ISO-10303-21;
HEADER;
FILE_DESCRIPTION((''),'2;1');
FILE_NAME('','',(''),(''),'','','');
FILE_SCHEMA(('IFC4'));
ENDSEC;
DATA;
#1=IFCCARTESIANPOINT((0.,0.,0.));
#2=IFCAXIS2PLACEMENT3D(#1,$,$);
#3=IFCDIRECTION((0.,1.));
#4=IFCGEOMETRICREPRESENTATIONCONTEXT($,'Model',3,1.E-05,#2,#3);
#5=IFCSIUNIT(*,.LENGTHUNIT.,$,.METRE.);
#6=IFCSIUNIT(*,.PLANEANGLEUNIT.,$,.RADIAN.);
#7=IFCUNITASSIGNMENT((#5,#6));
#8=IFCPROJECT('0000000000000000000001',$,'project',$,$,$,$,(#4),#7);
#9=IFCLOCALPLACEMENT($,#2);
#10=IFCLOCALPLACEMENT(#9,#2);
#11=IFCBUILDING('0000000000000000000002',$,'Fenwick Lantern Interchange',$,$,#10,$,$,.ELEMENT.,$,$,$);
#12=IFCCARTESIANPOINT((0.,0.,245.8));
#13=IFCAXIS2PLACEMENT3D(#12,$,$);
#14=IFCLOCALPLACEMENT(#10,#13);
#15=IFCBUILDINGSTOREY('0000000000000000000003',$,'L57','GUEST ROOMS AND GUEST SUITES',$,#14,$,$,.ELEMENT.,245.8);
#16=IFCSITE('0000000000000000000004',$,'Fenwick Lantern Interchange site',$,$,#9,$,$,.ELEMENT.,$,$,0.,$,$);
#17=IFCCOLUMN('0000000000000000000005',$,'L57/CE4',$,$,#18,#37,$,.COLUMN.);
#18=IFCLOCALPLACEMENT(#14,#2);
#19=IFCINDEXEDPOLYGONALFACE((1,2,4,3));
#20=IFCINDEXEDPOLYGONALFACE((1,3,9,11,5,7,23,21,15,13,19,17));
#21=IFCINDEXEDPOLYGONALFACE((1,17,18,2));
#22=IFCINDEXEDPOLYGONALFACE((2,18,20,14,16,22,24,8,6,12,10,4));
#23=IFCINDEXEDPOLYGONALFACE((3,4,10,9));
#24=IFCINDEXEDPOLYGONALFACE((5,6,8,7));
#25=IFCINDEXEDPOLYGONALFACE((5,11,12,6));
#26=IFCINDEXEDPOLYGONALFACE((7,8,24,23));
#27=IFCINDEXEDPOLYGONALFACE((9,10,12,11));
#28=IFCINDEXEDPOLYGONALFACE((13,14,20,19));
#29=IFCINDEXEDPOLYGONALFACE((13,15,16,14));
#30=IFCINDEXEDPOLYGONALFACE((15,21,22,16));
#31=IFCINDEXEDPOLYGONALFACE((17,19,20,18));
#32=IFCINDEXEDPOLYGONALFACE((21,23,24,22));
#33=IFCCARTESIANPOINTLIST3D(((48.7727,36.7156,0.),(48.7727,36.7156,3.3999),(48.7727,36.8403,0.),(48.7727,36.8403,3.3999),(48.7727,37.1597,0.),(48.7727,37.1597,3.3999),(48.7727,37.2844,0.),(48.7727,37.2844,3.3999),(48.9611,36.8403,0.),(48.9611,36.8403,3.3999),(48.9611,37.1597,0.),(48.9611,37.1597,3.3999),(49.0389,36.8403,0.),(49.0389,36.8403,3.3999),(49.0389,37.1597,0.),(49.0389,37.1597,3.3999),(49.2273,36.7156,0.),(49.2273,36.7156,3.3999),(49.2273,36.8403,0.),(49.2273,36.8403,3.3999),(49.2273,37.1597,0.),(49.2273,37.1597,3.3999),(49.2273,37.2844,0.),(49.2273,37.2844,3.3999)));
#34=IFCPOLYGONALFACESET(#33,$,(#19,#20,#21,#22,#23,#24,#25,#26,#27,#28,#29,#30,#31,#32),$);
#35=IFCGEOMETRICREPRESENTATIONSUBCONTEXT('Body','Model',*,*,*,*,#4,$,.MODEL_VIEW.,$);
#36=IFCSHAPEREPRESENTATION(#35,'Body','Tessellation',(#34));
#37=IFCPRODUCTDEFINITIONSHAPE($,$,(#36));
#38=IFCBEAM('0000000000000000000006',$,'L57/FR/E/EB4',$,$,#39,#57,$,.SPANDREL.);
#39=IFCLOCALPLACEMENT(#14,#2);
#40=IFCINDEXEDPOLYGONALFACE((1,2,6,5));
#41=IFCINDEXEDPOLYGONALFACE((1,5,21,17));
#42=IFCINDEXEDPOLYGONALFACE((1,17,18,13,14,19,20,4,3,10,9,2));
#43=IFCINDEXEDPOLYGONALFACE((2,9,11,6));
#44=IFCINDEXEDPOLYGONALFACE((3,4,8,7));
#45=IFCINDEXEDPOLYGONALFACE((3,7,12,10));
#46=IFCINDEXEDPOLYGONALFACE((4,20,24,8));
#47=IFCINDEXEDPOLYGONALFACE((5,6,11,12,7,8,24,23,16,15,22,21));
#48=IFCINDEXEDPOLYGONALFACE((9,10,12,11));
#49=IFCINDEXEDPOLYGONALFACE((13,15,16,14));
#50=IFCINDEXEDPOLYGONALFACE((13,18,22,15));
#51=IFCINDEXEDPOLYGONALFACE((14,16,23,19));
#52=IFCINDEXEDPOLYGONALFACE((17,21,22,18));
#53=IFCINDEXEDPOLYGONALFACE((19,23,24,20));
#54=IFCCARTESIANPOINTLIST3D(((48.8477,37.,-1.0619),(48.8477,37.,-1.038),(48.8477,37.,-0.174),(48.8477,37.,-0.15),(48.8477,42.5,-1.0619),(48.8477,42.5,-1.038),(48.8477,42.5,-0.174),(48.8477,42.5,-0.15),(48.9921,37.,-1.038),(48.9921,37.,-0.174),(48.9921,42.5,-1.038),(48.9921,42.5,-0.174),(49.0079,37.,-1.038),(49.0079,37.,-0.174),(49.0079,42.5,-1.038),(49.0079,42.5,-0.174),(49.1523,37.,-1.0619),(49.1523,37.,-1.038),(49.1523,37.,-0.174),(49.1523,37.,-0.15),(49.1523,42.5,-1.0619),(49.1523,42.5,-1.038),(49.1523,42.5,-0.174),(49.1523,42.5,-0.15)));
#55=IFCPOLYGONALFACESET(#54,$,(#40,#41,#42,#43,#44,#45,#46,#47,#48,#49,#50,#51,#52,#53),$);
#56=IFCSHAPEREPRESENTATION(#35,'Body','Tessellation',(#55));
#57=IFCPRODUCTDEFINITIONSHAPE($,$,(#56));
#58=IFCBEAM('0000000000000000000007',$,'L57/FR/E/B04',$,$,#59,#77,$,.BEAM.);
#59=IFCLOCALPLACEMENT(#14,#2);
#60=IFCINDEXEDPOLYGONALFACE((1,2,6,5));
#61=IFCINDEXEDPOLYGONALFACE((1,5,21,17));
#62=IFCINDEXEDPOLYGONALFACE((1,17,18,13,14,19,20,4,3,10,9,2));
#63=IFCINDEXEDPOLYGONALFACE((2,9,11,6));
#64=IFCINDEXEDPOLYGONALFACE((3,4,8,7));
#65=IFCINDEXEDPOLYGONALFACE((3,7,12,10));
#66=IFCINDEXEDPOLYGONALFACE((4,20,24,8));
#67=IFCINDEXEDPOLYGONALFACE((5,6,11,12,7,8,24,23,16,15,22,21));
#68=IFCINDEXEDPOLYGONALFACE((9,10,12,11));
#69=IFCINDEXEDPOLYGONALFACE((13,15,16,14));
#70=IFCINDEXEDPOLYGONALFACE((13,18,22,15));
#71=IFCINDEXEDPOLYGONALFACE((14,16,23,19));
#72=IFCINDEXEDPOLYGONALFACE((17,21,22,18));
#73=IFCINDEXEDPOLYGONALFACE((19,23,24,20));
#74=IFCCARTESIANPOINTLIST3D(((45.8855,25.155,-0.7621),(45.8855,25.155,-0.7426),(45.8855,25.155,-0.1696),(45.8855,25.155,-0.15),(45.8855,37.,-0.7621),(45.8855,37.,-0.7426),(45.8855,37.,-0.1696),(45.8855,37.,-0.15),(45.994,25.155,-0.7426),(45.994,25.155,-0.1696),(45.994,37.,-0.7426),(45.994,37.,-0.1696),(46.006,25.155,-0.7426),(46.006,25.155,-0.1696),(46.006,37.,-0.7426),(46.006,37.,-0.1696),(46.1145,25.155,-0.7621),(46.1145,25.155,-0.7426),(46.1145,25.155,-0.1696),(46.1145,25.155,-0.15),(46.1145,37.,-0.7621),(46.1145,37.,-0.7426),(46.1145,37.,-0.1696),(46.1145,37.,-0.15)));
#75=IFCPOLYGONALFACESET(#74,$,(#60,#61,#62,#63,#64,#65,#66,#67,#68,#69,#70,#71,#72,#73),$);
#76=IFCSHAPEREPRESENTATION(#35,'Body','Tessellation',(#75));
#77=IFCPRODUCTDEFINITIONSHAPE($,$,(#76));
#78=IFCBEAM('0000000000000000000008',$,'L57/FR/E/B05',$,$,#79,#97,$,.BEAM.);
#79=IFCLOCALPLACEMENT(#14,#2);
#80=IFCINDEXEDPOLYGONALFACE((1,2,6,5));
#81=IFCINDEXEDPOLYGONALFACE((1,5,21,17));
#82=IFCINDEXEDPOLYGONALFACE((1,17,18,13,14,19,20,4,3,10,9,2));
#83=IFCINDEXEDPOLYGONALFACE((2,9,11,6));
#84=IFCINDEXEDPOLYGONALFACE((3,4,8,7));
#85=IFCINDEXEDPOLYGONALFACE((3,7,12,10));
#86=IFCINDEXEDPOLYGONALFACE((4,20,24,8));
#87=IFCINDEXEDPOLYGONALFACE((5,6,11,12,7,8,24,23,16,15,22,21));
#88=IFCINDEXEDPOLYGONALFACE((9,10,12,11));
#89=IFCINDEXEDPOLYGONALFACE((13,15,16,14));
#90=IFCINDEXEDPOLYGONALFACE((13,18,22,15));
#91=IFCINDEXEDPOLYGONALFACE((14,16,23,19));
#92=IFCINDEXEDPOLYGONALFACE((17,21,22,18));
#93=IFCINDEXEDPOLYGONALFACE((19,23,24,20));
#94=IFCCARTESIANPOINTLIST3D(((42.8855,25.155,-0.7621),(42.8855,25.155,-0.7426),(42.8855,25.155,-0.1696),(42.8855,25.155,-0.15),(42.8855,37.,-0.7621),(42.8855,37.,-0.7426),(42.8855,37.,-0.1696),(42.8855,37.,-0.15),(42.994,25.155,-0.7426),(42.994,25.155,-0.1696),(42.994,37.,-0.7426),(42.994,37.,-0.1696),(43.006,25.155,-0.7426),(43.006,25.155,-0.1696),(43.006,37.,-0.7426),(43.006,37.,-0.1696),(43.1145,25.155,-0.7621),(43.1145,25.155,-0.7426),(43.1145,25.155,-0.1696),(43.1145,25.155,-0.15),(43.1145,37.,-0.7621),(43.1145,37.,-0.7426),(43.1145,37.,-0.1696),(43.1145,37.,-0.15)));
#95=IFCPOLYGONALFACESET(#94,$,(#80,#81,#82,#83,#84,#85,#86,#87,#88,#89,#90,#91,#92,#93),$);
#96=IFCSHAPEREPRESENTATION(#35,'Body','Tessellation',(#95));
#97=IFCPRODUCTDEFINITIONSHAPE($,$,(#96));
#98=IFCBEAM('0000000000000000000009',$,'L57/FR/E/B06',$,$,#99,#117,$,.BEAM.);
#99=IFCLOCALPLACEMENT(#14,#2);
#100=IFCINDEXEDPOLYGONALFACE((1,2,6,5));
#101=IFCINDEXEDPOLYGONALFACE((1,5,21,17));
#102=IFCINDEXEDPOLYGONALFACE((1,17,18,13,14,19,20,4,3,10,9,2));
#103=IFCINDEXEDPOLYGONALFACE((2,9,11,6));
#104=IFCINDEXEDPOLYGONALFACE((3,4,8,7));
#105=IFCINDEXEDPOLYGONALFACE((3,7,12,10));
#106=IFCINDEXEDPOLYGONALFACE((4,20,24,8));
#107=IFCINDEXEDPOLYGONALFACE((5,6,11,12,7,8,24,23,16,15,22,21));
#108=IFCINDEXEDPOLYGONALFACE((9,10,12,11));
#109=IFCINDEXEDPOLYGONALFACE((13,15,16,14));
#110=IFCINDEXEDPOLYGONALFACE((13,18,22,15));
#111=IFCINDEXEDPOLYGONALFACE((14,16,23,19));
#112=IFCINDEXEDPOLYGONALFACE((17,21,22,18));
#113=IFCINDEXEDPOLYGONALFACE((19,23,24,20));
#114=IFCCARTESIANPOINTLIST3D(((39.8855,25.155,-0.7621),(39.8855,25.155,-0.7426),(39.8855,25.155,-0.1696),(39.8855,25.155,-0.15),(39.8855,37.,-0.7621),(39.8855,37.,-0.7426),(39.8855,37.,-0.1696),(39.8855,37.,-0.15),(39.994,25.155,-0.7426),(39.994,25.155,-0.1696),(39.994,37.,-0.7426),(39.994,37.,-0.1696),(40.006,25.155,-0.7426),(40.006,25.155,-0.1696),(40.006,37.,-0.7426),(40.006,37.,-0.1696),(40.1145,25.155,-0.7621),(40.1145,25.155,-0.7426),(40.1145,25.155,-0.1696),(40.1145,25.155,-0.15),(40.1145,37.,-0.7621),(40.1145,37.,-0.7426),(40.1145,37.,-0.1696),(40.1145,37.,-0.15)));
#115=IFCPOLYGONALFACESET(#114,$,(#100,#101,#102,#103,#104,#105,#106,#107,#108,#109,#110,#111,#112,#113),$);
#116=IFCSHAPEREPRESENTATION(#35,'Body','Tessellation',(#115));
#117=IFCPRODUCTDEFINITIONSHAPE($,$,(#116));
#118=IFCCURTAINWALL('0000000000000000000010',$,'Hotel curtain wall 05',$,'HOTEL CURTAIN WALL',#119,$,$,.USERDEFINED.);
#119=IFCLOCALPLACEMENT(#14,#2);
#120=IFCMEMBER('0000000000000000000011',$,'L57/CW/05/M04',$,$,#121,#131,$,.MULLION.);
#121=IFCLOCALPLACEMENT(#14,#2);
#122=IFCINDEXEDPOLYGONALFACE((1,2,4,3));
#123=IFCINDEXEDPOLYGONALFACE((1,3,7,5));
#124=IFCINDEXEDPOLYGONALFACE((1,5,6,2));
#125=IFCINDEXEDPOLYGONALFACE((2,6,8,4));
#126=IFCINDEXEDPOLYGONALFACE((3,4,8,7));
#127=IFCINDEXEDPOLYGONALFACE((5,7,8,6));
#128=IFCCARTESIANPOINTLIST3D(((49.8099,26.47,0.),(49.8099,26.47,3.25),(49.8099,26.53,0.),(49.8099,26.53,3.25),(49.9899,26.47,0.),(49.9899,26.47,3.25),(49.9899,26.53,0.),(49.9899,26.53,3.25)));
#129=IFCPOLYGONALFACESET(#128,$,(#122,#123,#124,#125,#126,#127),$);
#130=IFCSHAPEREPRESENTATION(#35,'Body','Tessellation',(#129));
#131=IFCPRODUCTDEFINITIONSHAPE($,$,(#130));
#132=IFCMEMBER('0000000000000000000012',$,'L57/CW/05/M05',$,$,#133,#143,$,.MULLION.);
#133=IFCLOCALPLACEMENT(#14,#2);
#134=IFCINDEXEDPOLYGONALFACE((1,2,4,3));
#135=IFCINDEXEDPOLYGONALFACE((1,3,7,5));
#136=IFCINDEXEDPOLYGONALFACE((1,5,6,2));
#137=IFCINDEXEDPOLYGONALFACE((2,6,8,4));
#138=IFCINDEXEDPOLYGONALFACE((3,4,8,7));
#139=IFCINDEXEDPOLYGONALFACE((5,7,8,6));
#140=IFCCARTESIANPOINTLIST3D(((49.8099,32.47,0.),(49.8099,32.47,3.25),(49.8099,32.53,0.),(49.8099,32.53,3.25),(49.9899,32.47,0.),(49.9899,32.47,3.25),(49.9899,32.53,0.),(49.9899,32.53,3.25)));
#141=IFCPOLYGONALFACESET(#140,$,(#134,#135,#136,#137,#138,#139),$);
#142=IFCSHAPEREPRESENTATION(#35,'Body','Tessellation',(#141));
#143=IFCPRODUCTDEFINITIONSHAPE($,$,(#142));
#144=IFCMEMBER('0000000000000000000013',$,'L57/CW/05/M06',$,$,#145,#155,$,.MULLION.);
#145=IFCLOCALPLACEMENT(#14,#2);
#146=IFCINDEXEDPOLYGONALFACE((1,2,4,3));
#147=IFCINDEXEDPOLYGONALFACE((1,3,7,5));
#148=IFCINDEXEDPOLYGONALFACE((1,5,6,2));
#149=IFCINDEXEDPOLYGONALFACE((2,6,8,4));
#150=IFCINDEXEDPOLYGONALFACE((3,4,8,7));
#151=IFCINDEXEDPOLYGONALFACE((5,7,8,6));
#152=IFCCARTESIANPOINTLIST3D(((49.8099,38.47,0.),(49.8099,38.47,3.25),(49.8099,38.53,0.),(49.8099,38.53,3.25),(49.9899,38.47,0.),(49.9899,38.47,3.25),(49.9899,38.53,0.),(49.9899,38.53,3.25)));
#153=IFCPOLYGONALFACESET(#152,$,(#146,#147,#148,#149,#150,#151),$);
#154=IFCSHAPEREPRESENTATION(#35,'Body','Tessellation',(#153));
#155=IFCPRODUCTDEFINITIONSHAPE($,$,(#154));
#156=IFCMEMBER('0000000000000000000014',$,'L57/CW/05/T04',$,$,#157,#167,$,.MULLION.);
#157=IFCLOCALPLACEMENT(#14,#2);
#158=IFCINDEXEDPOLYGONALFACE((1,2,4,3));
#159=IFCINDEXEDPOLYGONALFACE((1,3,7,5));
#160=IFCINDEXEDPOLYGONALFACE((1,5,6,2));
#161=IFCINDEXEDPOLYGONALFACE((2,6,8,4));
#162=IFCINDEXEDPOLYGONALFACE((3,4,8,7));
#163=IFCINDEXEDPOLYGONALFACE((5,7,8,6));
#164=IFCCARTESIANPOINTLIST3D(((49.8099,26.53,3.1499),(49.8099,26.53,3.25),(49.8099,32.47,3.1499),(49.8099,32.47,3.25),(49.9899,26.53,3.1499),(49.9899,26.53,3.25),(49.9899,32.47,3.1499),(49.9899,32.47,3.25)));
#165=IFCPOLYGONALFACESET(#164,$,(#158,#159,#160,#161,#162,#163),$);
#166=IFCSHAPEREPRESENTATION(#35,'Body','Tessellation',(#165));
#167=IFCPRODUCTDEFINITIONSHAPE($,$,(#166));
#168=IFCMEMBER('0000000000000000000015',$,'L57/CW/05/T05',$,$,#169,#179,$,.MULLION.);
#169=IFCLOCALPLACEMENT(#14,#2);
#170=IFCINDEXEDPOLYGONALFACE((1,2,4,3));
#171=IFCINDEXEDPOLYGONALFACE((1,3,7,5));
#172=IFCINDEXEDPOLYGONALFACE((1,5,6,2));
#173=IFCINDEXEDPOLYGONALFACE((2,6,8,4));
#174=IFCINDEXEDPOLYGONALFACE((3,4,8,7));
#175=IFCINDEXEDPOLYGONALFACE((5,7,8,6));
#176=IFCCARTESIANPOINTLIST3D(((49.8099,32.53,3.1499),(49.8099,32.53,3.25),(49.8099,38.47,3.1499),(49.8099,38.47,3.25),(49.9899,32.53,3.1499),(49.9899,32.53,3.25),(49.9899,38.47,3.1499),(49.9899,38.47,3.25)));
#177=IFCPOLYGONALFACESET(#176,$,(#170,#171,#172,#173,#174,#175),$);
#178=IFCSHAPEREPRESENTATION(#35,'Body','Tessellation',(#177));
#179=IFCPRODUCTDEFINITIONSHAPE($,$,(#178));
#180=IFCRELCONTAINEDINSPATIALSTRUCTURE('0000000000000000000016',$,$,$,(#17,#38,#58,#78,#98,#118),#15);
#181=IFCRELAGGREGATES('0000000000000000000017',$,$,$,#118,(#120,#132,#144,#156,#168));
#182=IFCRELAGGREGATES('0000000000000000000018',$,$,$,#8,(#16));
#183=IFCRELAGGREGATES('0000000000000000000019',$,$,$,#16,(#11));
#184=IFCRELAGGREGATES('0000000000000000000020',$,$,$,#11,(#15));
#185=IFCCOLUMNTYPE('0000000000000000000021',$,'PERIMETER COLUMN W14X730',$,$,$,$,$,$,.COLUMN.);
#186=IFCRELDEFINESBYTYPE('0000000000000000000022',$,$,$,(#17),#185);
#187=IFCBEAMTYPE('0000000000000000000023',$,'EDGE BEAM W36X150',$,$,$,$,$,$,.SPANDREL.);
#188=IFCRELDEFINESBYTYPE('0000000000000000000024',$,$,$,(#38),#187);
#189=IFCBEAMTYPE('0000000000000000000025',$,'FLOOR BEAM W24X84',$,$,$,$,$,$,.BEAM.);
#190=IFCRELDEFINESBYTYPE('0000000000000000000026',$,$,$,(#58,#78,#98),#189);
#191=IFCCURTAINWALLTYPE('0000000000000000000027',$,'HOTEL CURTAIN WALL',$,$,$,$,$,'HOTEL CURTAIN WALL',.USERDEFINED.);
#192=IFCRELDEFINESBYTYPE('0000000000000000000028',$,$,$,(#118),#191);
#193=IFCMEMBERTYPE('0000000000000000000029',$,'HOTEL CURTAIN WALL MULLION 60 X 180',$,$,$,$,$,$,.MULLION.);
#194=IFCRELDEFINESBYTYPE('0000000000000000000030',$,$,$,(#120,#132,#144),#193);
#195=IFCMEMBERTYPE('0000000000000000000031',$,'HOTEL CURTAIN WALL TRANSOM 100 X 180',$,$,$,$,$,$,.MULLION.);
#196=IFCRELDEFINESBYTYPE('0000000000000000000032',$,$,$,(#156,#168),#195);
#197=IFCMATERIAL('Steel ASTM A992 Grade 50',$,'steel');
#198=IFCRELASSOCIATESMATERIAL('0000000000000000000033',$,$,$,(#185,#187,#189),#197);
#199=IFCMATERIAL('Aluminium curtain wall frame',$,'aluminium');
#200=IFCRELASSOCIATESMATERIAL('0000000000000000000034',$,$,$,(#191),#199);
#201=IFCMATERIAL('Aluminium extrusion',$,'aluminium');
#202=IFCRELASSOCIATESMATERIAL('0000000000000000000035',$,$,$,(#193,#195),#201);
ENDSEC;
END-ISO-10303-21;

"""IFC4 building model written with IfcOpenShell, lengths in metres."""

from ifc_helpers import new_model, si_unit, direction, frame, origin, origin_2d, place, context, subcontext, project, spatial, rectangle, i_section, extrude, material, material_profile, profile_set, type_object, element, aggregate, save


model = new_model("IFC4")

# Units and contexts
model_context = context("Model", 3, precision=1e-05, world=origin(), true_north=direction((0.0, 1.0)))
body_context = subcontext(model_context, "Body", "Model", "MODEL_VIEW")
ifc_project = project(units=[si_unit("LENGTHUNIT", "METRE"), si_unit("PLANEANGLEUNIT", "RADIAN")], contexts=[model_context])

# Site, building, storey
site_placement = place(None, origin())
site = spatial("IfcSite", under=ifc_project, at=site_placement, Name="Fenwick Lantern Interchange site", CompositionType="ELEMENT", RefElevation=0.0)
building_placement = place(site_placement, origin())
building = spatial("IfcBuilding", under=site, at=building_placement, Name="Fenwick Lantern Interchange", CompositionType="ELEMENT")
storey_placement = place(building_placement, frame((0.0, 0.0, 245.8)))
storey = spatial("IfcBuildingStorey", under=building, at=storey_placement, Name="L57", Description="GUEST ROOMS AND GUEST SUITES", CompositionType="ELEMENT", Elevation=245.8)

# Column
ifc_material_1 = material(Name="Steel ASTM A992 Grade 50", Category="steel")
ifc_material_profile_1 = material_profile(ifc_material_1, i_section(OverallWidth=0.4546, OverallDepth=0.5688, WebThickness=0.0779, FlangeThickness=0.1248, at=origin_2d()), Name="W14X730")
ifc_profile_set_1 = profile_set([ifc_material_profile_1], Name="Steel ASTM A992 Grade 50")
column_type = type_object("IfcColumnType", Name="PERIMETER COLUMN W14X730", PredefinedType="COLUMN", material=ifc_profile_set_1)
column_placement = place(storey_placement, frame((49.0, 37.0, 0.0), z_axis=(0.0, 0.0, 1.0), x_axis=(1.0, 0.0, 0.0)))
element("IfcColumn", 1, at=column_placement, inside=storey, type_object=column_type, Name="L57/CE4", PredefinedType="COLUMN", context=body_context, shape_type="SweptSolid", body=[
    extrude(i_section(OverallWidth=0.4546, OverallDepth=0.5688, WebThickness=0.0779, FlangeThickness=0.1248, at=origin_2d()), origin(), (0.0, 0.0, 1.0), 3.3999),
])

# Beams
ifc_material_profile_2 = material_profile(ifc_material_1, i_section(OverallWidth=0.3047, OverallDepth=0.9119, WebThickness=0.0159, FlangeThickness=0.0239, at=origin_2d()), Name="W36X150")
ifc_profile_set_2 = profile_set([ifc_material_profile_2], Name="Steel ASTM A992 Grade 50")
beam_type_1 = type_object("IfcBeamType", Name="EDGE BEAM W36X150", PredefinedType="SPANDREL", material=ifc_profile_set_2)
beam_1_placement = place(storey_placement, frame((49.0, 37.0, -0.606), z_axis=(0.0, 1.0, 0.0), x_axis=(-1.0, 0.0, 0.0)))
element("IfcBeam", 2, at=beam_1_placement, inside=storey, type_object=beam_type_1, Name="L57/FR/E/EB4", PredefinedType="SPANDREL", context=body_context, shape_type="SweptSolid", body=[
    extrude(i_section(OverallWidth=0.3047, OverallDepth=0.9119, WebThickness=0.0159, FlangeThickness=0.0239, at=origin_2d()), origin(), (0.0, 0.0, 1.0), 5.5),
])
ifc_material_profile_3 = material_profile(ifc_material_1, i_section(OverallWidth=0.229, OverallDepth=0.6121, WebThickness=0.012, FlangeThickness=0.0195, at=origin_2d()), Name="W24X84")
ifc_profile_set_3 = profile_set([ifc_material_profile_3], Name="Steel ASTM A992 Grade 50")
beam_type_2 = type_object("IfcBeamType", Name="FLOOR BEAM W24X84", PredefinedType="BEAM", material=ifc_profile_set_3)
for number, where, z_axis, x_axis, name in (
    (3, (46.0, 25.155, -0.4561), (0.0, 1.0, 0.0), (-1.0, 0.0, 0.0), "L57/FR/E/B04"),
    (4, (43.0, 25.155, -0.4561), (0.0, 1.0, 0.0), (-1.0, 0.0, 0.0), "L57/FR/E/B05"),
    (5, (40.0, 25.155, -0.4561), (0.0, 1.0, 0.0), (-1.0, 0.0, 0.0), "L57/FR/E/B06"),
):
    element("IfcBeam", number, at=place(storey_placement, frame(where, z_axis=z_axis, x_axis=x_axis)), inside=storey, type_object=beam_type_2, Name=name, PredefinedType="BEAM", context=body_context, shape_type="SweptSolid", body=[
        extrude(i_section(OverallWidth=0.229, OverallDepth=0.6121, WebThickness=0.012, FlangeThickness=0.0195, at=origin_2d()), origin(), (0.0, 0.0, 1.0), 11.845),
    ])

# Curtain wall, members
ifc_material_2 = material(Name="Aluminium curtain wall frame", Category="aluminium")
curtain_wall_type = type_object("IfcCurtainWallType", Name="HOTEL CURTAIN WALL", ElementType="HOTEL CURTAIN WALL", PredefinedType="USERDEFINED", material=ifc_material_2)
curtain_wall_placement = place(storey_placement, origin())
curtain_wall = element("IfcCurtainWall", 6, at=curtain_wall_placement, inside=storey, type_object=curtain_wall_type, Name="Hotel curtain wall 05", ObjectType="HOTEL CURTAIN WALL", PredefinedType="USERDEFINED")
ifc_material_3 = material(Name="Aluminium extrusion", Category="aluminium")
ifc_material_profile_4 = material_profile(ifc_material_3, rectangle(XDim=0.1799, YDim=0.0601, at=origin_2d()), Name="HOTEL CURTAIN WALL MULLION 60 X 180")
ifc_profile_set_4 = profile_set([ifc_material_profile_4], Name="Aluminium extrusion")
member_type_1 = type_object("IfcMemberType", Name="HOTEL CURTAIN WALL MULLION 60 X 180", PredefinedType="MULLION", material=ifc_profile_set_4)
member_1_placement = place(storey_placement, frame((49.8999, 26.5, 0.0), z_axis=(0.0, 0.0, 1.0), x_axis=(-1.0, 0.0, 0.0)))
member_1 = element("IfcMember", 7, at=member_1_placement, type_object=member_type_1, Name="L57/CW/05/M04", PredefinedType="MULLION", context=body_context, shape_type="SweptSolid", body=[
    extrude(rectangle(XDim=0.1799, YDim=0.0601, at=origin_2d()), origin(), (0.0, 0.0, 1.0), 3.25),
])
member_2_placement = place(storey_placement, frame((49.8999, 32.5, 0.0), z_axis=(0.0, 0.0, 1.0), x_axis=(-1.0, 0.0, 0.0)))
member_2 = element("IfcMember", 8, at=member_2_placement, type_object=member_type_1, Name="L57/CW/05/M05", PredefinedType="MULLION", context=body_context, shape_type="SweptSolid", body=[
    extrude(rectangle(XDim=0.1799, YDim=0.0601, at=origin_2d()), origin(), (0.0, 0.0, 1.0), 3.25),
])
member_3_placement = place(storey_placement, frame((49.8999, 38.5, 0.0), z_axis=(0.0, 0.0, 1.0), x_axis=(-1.0, 0.0, 0.0)))
member_3 = element("IfcMember", 9, at=member_3_placement, type_object=member_type_1, Name="L57/CW/05/M06", PredefinedType="MULLION", context=body_context, shape_type="SweptSolid", body=[
    extrude(rectangle(XDim=0.1799, YDim=0.0601, at=origin_2d()), origin(), (0.0, 0.0, 1.0), 3.25),
])
ifc_material_profile_5 = material_profile(ifc_material_3, rectangle(XDim=0.1799, YDim=0.1001, at=origin_2d()), Name="HOTEL CURTAIN WALL TRANSOM 100 X 180")
ifc_profile_set_5 = profile_set([ifc_material_profile_5], Name="Aluminium extrusion")
member_type_2 = type_object("IfcMemberType", Name="HOTEL CURTAIN WALL TRANSOM 100 X 180", PredefinedType="MULLION", material=ifc_profile_set_5)
member_4_placement = place(storey_placement, frame((49.8999, 26.53, 3.2), z_axis=(0.0, 1.0, 0.0), x_axis=(-1.0, 0.0, 0.0)))
member_4 = element("IfcMember", 10, at=member_4_placement, type_object=member_type_2, Name="L57/CW/05/T04", PredefinedType="MULLION", context=body_context, shape_type="SweptSolid", body=[
    extrude(rectangle(XDim=0.1799, YDim=0.1001, at=origin_2d()), origin(), (0.0, 0.0, 1.0), 5.9399),
])
member_5_placement = place(storey_placement, frame((49.8999, 32.53, 3.2), z_axis=(0.0, 1.0, 0.0), x_axis=(-1.0, 0.0, 0.0)))
member_5 = element("IfcMember", 11, at=member_5_placement, type_object=member_type_2, Name="L57/CW/05/T05", PredefinedType="MULLION", context=body_context, shape_type="SweptSolid", body=[
    extrude(rectangle(XDim=0.1799, YDim=0.1001, at=origin_2d()), origin(), (0.0, 0.0, 1.0), 5.9399),
])
aggregate(curtain_wall, [member_1, member_2, member_3, member_4, member_5])

save(model, "model.ifc")
